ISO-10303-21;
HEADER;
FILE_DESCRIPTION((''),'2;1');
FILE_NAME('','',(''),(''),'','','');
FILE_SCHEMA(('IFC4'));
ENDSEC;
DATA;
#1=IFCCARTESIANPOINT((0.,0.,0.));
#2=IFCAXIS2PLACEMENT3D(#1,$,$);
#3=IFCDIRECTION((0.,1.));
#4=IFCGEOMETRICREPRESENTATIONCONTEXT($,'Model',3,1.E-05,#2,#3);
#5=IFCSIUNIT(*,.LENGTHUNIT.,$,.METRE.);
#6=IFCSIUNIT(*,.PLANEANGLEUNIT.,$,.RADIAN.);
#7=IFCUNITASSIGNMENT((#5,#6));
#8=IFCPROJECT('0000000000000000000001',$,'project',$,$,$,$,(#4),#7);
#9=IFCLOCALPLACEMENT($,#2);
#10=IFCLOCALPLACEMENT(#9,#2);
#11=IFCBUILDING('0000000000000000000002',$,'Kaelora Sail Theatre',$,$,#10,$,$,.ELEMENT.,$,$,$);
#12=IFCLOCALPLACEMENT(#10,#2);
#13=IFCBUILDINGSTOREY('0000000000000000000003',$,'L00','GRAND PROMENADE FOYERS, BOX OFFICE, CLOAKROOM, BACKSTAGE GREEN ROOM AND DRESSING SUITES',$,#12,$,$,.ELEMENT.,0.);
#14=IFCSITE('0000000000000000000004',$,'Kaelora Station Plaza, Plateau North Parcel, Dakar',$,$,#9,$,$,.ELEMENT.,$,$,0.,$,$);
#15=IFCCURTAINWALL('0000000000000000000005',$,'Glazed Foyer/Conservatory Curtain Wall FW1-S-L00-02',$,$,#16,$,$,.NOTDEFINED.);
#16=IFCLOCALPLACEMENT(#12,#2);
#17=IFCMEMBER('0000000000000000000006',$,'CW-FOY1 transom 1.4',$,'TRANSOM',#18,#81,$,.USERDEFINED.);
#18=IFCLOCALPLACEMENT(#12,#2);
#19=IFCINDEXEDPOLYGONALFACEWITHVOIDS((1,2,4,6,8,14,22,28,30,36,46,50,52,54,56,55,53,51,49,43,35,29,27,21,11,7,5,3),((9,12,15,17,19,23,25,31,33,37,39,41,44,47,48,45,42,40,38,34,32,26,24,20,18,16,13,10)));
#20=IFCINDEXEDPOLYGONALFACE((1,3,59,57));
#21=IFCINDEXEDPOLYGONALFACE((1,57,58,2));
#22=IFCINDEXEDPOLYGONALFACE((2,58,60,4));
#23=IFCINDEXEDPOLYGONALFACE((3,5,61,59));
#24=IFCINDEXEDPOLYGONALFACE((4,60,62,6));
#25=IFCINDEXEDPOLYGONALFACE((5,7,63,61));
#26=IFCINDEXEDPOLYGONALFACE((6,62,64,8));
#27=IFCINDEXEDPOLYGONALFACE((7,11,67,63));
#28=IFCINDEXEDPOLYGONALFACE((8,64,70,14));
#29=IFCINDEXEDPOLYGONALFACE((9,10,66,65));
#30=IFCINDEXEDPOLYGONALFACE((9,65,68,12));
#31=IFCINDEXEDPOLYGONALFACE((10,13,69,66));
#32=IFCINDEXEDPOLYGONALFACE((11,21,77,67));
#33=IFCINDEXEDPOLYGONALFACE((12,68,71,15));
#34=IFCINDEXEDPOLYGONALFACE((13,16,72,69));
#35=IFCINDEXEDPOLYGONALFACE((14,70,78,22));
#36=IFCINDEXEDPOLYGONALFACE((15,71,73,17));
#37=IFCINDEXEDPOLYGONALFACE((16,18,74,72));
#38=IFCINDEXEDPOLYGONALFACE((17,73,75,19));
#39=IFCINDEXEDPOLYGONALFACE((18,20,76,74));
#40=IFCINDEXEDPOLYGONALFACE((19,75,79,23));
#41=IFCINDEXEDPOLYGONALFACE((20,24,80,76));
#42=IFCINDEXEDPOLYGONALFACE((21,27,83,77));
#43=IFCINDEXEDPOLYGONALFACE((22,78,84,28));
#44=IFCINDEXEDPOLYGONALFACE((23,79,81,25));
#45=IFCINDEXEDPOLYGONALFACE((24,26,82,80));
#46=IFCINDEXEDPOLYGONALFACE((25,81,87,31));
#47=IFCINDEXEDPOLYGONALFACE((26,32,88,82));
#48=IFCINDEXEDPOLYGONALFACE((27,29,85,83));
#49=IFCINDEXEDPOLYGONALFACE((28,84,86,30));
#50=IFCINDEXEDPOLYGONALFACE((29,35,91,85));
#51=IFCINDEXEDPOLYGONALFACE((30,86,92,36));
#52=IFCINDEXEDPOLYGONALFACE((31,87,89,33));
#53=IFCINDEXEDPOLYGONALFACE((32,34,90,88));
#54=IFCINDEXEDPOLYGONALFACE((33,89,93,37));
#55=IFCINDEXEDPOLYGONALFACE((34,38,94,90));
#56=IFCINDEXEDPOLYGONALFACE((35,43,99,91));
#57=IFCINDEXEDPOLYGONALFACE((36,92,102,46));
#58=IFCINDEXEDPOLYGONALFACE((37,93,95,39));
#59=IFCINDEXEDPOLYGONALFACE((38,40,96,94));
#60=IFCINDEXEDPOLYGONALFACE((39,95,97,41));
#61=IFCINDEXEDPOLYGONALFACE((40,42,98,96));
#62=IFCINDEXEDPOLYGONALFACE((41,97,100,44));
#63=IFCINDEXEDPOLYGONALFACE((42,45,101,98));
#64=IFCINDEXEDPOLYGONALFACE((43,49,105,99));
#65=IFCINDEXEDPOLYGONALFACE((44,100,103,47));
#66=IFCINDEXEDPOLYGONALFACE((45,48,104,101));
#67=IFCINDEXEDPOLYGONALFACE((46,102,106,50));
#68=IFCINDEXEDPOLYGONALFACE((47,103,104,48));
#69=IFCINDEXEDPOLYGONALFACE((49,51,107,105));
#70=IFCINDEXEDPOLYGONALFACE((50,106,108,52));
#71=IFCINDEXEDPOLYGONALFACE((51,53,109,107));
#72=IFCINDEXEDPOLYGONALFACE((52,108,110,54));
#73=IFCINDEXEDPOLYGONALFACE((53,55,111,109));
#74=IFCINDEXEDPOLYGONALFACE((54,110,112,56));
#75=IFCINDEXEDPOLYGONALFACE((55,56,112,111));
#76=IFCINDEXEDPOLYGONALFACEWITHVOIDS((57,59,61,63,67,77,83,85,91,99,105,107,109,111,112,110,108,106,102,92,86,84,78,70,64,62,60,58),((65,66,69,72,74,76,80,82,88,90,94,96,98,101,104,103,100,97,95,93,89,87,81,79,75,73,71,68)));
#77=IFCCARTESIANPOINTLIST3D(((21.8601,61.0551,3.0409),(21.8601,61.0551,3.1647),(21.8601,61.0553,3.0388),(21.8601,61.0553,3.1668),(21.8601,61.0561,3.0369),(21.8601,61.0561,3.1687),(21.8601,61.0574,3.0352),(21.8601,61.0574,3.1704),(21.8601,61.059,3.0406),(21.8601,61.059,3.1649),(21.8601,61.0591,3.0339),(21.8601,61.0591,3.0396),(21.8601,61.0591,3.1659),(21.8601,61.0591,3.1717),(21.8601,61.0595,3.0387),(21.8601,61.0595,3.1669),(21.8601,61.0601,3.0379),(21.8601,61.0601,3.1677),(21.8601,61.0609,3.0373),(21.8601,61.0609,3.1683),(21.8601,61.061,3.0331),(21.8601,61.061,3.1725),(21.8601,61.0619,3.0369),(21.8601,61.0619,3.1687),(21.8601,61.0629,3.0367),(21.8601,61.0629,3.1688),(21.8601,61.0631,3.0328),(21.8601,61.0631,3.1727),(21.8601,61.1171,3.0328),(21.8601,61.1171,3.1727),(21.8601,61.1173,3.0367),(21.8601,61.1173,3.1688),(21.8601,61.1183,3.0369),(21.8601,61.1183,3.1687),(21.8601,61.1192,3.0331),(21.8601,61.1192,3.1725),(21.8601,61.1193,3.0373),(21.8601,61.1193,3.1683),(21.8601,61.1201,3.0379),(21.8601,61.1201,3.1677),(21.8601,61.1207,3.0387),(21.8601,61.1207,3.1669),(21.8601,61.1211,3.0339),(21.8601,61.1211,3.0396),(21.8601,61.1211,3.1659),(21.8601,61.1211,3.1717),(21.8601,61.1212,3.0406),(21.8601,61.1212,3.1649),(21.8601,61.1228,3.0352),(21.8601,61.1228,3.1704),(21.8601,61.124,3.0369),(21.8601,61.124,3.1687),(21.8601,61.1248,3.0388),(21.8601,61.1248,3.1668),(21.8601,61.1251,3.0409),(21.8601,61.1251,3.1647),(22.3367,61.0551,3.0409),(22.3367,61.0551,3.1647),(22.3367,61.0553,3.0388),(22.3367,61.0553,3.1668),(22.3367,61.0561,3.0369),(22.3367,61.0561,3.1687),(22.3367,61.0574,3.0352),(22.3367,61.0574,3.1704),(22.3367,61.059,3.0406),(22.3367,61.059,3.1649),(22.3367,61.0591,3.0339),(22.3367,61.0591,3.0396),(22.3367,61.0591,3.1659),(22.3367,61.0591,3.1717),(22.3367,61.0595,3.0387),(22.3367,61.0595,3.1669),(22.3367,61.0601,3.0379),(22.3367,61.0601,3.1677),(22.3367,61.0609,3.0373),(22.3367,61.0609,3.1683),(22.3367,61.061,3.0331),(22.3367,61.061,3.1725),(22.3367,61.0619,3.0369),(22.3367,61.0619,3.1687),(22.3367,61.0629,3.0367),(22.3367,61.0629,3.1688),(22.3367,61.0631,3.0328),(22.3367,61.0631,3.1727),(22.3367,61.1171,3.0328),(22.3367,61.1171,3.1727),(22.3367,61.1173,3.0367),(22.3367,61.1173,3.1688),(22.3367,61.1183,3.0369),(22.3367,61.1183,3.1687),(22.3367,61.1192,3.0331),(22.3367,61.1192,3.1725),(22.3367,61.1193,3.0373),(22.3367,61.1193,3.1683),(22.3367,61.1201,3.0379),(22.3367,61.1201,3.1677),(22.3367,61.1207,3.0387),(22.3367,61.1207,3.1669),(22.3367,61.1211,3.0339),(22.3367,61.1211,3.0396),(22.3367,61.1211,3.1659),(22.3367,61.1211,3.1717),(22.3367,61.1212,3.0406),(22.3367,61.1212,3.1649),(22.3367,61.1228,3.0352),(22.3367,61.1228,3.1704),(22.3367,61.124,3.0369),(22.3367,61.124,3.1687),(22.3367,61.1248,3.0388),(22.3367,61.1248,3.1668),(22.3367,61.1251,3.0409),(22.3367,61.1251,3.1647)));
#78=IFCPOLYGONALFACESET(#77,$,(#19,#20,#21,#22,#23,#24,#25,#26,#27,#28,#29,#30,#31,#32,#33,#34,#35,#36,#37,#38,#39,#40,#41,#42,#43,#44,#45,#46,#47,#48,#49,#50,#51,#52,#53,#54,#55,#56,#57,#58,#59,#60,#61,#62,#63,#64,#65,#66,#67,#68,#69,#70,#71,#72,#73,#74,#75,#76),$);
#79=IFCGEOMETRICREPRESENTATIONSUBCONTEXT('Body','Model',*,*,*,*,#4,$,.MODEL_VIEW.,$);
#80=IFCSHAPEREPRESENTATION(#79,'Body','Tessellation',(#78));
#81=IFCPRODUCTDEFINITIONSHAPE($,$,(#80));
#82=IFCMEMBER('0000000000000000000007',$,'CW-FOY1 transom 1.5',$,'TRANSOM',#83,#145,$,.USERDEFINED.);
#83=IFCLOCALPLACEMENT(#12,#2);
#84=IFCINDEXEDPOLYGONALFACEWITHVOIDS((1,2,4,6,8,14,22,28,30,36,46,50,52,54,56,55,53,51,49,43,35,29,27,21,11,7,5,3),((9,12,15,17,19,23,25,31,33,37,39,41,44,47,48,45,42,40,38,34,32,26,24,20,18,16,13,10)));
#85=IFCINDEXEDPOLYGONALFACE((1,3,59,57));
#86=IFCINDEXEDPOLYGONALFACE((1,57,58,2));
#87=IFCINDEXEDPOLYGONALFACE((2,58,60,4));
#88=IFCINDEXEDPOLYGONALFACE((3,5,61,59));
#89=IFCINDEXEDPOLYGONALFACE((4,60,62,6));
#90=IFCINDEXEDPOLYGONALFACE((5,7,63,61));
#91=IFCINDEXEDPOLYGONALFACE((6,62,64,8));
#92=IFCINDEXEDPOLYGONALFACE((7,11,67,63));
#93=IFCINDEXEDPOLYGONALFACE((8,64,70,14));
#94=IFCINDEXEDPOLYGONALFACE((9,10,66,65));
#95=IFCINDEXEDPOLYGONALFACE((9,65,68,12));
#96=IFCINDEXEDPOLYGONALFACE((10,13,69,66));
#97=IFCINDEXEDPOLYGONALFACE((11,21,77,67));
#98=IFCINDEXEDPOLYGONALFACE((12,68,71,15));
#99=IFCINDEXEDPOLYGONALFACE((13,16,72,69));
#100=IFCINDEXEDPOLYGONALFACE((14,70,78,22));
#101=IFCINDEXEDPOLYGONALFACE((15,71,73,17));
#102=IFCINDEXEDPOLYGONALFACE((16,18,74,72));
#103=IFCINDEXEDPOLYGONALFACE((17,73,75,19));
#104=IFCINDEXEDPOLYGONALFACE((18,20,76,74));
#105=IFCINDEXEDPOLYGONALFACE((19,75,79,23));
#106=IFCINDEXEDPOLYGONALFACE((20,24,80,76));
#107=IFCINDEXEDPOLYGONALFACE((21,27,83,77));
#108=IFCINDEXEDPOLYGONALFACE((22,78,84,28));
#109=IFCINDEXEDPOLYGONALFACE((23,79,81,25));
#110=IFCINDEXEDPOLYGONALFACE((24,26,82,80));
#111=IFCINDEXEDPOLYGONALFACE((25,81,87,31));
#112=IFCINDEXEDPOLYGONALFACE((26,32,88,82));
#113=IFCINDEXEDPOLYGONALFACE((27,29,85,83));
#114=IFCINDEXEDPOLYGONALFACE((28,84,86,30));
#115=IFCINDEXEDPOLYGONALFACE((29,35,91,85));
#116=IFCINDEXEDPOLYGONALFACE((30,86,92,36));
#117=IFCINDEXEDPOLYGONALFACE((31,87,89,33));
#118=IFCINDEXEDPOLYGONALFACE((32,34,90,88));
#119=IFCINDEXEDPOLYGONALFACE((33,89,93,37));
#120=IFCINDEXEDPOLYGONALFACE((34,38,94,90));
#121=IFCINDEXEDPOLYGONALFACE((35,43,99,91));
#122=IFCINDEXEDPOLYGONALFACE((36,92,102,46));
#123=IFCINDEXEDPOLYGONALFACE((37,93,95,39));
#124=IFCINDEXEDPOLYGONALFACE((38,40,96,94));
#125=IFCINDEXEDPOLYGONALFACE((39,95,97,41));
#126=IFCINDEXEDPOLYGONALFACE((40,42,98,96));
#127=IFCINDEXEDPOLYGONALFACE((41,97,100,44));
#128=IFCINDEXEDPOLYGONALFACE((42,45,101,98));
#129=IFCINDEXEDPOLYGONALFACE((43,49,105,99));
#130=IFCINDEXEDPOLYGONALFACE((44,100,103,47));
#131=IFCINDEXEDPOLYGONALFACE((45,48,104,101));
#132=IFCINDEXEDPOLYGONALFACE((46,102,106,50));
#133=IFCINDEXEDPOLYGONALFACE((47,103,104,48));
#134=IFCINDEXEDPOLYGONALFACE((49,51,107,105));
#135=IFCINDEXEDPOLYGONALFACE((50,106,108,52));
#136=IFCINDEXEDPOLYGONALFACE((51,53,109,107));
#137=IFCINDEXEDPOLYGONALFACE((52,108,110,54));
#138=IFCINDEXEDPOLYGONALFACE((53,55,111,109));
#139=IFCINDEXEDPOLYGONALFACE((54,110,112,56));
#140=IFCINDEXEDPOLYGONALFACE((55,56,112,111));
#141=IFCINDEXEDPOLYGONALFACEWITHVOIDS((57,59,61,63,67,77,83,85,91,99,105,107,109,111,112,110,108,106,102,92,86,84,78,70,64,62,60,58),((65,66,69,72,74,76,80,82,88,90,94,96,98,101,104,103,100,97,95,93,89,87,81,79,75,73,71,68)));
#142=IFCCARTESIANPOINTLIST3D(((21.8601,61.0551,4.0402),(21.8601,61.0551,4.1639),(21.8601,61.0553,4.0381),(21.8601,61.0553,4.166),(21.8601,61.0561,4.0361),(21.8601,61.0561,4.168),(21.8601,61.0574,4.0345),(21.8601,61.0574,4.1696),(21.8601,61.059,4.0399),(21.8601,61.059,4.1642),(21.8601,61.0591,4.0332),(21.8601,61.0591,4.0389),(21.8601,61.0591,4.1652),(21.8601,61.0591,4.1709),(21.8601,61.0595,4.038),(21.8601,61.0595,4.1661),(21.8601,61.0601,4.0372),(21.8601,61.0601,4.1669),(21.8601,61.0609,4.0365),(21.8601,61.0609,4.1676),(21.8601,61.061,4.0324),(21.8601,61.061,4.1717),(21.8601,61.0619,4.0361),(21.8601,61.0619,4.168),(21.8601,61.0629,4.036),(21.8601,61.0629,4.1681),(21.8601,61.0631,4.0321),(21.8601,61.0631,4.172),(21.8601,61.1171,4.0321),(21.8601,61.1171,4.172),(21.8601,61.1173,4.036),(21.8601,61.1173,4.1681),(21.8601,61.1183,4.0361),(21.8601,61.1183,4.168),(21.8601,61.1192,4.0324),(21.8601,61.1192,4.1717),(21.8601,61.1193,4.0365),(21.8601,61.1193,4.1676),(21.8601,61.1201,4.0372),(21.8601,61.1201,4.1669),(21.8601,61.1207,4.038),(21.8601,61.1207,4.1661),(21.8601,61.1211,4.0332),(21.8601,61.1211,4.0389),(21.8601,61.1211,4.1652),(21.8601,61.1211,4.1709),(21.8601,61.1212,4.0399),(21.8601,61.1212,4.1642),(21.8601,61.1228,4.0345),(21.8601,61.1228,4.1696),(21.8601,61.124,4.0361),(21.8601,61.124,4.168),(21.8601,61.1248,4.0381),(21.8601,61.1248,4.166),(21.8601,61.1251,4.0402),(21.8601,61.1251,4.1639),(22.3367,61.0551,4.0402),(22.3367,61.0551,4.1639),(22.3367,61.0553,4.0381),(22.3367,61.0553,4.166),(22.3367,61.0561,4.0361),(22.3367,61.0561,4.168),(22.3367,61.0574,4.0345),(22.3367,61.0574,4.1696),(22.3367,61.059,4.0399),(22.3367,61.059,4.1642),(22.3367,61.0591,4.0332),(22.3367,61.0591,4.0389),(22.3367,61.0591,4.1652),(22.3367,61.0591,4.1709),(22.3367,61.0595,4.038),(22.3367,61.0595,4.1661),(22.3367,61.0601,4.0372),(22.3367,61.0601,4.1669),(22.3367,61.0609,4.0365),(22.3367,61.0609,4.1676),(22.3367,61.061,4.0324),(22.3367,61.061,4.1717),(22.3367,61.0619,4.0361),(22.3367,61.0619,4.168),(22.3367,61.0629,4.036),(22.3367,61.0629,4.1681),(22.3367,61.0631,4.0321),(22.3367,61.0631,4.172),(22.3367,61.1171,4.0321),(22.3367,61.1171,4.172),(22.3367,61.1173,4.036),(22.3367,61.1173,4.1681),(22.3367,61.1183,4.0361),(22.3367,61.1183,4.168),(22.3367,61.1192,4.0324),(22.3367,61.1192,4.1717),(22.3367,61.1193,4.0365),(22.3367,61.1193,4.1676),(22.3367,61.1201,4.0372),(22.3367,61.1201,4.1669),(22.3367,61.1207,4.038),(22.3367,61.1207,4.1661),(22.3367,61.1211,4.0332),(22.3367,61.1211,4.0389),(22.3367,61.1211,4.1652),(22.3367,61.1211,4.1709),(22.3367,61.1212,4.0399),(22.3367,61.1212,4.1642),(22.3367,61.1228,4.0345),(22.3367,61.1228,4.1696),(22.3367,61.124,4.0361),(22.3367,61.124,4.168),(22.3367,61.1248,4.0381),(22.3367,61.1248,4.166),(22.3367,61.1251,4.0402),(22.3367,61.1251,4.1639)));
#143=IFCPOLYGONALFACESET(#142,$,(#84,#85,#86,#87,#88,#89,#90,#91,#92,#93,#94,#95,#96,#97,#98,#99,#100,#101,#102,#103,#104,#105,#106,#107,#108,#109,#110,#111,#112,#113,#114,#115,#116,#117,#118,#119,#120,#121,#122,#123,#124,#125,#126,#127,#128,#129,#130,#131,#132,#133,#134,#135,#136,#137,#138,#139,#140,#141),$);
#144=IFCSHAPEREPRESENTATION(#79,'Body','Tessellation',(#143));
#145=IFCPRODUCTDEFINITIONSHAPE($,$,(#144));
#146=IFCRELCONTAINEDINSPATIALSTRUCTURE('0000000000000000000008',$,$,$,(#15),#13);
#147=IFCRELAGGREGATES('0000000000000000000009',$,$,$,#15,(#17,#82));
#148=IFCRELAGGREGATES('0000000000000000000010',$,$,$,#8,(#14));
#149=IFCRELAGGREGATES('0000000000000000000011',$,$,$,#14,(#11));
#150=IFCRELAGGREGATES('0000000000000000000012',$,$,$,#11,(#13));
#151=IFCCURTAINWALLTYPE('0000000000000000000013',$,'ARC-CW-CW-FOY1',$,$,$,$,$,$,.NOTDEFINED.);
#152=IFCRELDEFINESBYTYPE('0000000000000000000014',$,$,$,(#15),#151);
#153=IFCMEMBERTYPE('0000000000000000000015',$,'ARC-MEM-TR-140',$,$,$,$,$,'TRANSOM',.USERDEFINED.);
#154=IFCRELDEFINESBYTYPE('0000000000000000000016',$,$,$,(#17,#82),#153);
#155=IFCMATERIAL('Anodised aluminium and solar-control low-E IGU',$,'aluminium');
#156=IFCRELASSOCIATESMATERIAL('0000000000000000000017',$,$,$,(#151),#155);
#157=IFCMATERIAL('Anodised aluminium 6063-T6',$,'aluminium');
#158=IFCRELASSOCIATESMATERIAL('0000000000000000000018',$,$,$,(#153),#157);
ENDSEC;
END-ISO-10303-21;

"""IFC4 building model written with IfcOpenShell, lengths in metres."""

from ifc_helpers import new_model, si_unit, direction, frame, origin, origin_2d, place, context, subcontext, project, spatial, hollow_rectangle, extrude, material, material_profile, profile_set, type_object, element, aggregate, save


model = new_model("IFC4")

# Units and contexts
model_context = context("Model", 3, precision=1e-05, world=origin(), true_north=direction((0.0, 1.0)))
body_context = subcontext(model_context, "Body", "Model", "MODEL_VIEW")
ifc_project = project(units=[si_unit("LENGTHUNIT", "METRE"), si_unit("PLANEANGLEUNIT", "RADIAN")], contexts=[model_context])

# Site, building, storey
site_placement = place(None, origin())
site = spatial("IfcSite", under=ifc_project, at=site_placement, Name="Kaelora Station Plaza, Plateau North Parcel, Dakar", CompositionType="ELEMENT", RefElevation=0.0)
building_placement = place(site_placement, origin())
building = spatial("IfcBuilding", under=site, at=building_placement, Name="Kaelora Sail Theatre", CompositionType="ELEMENT")
storey_placement = place(building_placement, origin())
storey = spatial("IfcBuildingStorey", under=building, at=storey_placement, Name="L00", Description="GRAND PROMENADE FOYERS, BOX OFFICE, CLOAKROOM, BACKSTAGE GREEN ROOM AND DRESSING SUITES", CompositionType="ELEMENT", Elevation=0.0)

# Curtain wall, members
ifc_material_1 = material(Name="Anodised aluminium and solar-control low-E IGU", Category="aluminium")
curtain_wall_type = type_object("IfcCurtainWallType", Name="ARC-CW-CW-FOY1", PredefinedType="NOTDEFINED", material=ifc_material_1)
curtain_wall_placement = place(storey_placement, origin())
curtain_wall = element("IfcCurtainWall", 1, at=curtain_wall_placement, inside=storey, type_object=curtain_wall_type, Name="Glazed Foyer/Conservatory Curtain Wall FW1-S-L00-02", PredefinedType="NOTDEFINED")
ifc_material_2 = material(Name="Anodised aluminium 6063-T6", Category="aluminium")
ifc_material_profile_1 = material_profile(ifc_material_2, hollow_rectangle(XDim=0.0701, YDim=0.1399, WallThickness=0.0039, InnerFilletRadius=0.0039, OuterFilletRadius=0.0081, at=origin_2d()), Name="ALU-TRAN 70x140x4")
ifc_profile_set_1 = profile_set([ifc_material_profile_1], Name="Anodised aluminium 6063-T6")
member_type_1 = type_object("IfcMemberType", Name="ARC-MEM-TR-140", ElementType="TRANSOM", PredefinedType="USERDEFINED", material=ifc_profile_set_1)
member_1_placement = place(storey_placement, frame((21.8601, 61.0901, 3.1028), z_axis=(1.0, 0.0, 0.0), x_axis=(0.0, 1.0, 0.0)))
member_1 = element("IfcMember", 2, at=member_1_placement, type_object=member_type_1, Name="CW-FOY1 transom 1.4", ObjectType="TRANSOM", PredefinedType="USERDEFINED", context=body_context, shape_type="SweptSolid", body=[
    extrude(hollow_rectangle(XDim=0.0701, YDim=0.1399, WallThickness=0.0039, InnerFilletRadius=0.0039, OuterFilletRadius=0.0081, at=origin_2d()), origin(), (0.0, 0.0, 1.0), 0.4766),
])
member_2_placement = place(storey_placement, frame((21.8601, 61.0901, 4.1021), z_axis=(1.0, 0.0, 0.0), x_axis=(0.0, 1.0, 0.0)))
member_2 = element("IfcMember", 3, at=member_2_placement, type_object=member_type_1, Name="CW-FOY1 transom 1.5", ObjectType="TRANSOM", PredefinedType="USERDEFINED", context=body_context, shape_type="SweptSolid", body=[
    extrude(hollow_rectangle(XDim=0.0701, YDim=0.1399, WallThickness=0.0039, InnerFilletRadius=0.0039, OuterFilletRadius=0.0081, at=origin_2d()), origin(), (0.0, 0.0, 1.0), 0.4766),
])
aggregate(curtain_wall, [member_1, member_2])

save(model, "model.ifc")
